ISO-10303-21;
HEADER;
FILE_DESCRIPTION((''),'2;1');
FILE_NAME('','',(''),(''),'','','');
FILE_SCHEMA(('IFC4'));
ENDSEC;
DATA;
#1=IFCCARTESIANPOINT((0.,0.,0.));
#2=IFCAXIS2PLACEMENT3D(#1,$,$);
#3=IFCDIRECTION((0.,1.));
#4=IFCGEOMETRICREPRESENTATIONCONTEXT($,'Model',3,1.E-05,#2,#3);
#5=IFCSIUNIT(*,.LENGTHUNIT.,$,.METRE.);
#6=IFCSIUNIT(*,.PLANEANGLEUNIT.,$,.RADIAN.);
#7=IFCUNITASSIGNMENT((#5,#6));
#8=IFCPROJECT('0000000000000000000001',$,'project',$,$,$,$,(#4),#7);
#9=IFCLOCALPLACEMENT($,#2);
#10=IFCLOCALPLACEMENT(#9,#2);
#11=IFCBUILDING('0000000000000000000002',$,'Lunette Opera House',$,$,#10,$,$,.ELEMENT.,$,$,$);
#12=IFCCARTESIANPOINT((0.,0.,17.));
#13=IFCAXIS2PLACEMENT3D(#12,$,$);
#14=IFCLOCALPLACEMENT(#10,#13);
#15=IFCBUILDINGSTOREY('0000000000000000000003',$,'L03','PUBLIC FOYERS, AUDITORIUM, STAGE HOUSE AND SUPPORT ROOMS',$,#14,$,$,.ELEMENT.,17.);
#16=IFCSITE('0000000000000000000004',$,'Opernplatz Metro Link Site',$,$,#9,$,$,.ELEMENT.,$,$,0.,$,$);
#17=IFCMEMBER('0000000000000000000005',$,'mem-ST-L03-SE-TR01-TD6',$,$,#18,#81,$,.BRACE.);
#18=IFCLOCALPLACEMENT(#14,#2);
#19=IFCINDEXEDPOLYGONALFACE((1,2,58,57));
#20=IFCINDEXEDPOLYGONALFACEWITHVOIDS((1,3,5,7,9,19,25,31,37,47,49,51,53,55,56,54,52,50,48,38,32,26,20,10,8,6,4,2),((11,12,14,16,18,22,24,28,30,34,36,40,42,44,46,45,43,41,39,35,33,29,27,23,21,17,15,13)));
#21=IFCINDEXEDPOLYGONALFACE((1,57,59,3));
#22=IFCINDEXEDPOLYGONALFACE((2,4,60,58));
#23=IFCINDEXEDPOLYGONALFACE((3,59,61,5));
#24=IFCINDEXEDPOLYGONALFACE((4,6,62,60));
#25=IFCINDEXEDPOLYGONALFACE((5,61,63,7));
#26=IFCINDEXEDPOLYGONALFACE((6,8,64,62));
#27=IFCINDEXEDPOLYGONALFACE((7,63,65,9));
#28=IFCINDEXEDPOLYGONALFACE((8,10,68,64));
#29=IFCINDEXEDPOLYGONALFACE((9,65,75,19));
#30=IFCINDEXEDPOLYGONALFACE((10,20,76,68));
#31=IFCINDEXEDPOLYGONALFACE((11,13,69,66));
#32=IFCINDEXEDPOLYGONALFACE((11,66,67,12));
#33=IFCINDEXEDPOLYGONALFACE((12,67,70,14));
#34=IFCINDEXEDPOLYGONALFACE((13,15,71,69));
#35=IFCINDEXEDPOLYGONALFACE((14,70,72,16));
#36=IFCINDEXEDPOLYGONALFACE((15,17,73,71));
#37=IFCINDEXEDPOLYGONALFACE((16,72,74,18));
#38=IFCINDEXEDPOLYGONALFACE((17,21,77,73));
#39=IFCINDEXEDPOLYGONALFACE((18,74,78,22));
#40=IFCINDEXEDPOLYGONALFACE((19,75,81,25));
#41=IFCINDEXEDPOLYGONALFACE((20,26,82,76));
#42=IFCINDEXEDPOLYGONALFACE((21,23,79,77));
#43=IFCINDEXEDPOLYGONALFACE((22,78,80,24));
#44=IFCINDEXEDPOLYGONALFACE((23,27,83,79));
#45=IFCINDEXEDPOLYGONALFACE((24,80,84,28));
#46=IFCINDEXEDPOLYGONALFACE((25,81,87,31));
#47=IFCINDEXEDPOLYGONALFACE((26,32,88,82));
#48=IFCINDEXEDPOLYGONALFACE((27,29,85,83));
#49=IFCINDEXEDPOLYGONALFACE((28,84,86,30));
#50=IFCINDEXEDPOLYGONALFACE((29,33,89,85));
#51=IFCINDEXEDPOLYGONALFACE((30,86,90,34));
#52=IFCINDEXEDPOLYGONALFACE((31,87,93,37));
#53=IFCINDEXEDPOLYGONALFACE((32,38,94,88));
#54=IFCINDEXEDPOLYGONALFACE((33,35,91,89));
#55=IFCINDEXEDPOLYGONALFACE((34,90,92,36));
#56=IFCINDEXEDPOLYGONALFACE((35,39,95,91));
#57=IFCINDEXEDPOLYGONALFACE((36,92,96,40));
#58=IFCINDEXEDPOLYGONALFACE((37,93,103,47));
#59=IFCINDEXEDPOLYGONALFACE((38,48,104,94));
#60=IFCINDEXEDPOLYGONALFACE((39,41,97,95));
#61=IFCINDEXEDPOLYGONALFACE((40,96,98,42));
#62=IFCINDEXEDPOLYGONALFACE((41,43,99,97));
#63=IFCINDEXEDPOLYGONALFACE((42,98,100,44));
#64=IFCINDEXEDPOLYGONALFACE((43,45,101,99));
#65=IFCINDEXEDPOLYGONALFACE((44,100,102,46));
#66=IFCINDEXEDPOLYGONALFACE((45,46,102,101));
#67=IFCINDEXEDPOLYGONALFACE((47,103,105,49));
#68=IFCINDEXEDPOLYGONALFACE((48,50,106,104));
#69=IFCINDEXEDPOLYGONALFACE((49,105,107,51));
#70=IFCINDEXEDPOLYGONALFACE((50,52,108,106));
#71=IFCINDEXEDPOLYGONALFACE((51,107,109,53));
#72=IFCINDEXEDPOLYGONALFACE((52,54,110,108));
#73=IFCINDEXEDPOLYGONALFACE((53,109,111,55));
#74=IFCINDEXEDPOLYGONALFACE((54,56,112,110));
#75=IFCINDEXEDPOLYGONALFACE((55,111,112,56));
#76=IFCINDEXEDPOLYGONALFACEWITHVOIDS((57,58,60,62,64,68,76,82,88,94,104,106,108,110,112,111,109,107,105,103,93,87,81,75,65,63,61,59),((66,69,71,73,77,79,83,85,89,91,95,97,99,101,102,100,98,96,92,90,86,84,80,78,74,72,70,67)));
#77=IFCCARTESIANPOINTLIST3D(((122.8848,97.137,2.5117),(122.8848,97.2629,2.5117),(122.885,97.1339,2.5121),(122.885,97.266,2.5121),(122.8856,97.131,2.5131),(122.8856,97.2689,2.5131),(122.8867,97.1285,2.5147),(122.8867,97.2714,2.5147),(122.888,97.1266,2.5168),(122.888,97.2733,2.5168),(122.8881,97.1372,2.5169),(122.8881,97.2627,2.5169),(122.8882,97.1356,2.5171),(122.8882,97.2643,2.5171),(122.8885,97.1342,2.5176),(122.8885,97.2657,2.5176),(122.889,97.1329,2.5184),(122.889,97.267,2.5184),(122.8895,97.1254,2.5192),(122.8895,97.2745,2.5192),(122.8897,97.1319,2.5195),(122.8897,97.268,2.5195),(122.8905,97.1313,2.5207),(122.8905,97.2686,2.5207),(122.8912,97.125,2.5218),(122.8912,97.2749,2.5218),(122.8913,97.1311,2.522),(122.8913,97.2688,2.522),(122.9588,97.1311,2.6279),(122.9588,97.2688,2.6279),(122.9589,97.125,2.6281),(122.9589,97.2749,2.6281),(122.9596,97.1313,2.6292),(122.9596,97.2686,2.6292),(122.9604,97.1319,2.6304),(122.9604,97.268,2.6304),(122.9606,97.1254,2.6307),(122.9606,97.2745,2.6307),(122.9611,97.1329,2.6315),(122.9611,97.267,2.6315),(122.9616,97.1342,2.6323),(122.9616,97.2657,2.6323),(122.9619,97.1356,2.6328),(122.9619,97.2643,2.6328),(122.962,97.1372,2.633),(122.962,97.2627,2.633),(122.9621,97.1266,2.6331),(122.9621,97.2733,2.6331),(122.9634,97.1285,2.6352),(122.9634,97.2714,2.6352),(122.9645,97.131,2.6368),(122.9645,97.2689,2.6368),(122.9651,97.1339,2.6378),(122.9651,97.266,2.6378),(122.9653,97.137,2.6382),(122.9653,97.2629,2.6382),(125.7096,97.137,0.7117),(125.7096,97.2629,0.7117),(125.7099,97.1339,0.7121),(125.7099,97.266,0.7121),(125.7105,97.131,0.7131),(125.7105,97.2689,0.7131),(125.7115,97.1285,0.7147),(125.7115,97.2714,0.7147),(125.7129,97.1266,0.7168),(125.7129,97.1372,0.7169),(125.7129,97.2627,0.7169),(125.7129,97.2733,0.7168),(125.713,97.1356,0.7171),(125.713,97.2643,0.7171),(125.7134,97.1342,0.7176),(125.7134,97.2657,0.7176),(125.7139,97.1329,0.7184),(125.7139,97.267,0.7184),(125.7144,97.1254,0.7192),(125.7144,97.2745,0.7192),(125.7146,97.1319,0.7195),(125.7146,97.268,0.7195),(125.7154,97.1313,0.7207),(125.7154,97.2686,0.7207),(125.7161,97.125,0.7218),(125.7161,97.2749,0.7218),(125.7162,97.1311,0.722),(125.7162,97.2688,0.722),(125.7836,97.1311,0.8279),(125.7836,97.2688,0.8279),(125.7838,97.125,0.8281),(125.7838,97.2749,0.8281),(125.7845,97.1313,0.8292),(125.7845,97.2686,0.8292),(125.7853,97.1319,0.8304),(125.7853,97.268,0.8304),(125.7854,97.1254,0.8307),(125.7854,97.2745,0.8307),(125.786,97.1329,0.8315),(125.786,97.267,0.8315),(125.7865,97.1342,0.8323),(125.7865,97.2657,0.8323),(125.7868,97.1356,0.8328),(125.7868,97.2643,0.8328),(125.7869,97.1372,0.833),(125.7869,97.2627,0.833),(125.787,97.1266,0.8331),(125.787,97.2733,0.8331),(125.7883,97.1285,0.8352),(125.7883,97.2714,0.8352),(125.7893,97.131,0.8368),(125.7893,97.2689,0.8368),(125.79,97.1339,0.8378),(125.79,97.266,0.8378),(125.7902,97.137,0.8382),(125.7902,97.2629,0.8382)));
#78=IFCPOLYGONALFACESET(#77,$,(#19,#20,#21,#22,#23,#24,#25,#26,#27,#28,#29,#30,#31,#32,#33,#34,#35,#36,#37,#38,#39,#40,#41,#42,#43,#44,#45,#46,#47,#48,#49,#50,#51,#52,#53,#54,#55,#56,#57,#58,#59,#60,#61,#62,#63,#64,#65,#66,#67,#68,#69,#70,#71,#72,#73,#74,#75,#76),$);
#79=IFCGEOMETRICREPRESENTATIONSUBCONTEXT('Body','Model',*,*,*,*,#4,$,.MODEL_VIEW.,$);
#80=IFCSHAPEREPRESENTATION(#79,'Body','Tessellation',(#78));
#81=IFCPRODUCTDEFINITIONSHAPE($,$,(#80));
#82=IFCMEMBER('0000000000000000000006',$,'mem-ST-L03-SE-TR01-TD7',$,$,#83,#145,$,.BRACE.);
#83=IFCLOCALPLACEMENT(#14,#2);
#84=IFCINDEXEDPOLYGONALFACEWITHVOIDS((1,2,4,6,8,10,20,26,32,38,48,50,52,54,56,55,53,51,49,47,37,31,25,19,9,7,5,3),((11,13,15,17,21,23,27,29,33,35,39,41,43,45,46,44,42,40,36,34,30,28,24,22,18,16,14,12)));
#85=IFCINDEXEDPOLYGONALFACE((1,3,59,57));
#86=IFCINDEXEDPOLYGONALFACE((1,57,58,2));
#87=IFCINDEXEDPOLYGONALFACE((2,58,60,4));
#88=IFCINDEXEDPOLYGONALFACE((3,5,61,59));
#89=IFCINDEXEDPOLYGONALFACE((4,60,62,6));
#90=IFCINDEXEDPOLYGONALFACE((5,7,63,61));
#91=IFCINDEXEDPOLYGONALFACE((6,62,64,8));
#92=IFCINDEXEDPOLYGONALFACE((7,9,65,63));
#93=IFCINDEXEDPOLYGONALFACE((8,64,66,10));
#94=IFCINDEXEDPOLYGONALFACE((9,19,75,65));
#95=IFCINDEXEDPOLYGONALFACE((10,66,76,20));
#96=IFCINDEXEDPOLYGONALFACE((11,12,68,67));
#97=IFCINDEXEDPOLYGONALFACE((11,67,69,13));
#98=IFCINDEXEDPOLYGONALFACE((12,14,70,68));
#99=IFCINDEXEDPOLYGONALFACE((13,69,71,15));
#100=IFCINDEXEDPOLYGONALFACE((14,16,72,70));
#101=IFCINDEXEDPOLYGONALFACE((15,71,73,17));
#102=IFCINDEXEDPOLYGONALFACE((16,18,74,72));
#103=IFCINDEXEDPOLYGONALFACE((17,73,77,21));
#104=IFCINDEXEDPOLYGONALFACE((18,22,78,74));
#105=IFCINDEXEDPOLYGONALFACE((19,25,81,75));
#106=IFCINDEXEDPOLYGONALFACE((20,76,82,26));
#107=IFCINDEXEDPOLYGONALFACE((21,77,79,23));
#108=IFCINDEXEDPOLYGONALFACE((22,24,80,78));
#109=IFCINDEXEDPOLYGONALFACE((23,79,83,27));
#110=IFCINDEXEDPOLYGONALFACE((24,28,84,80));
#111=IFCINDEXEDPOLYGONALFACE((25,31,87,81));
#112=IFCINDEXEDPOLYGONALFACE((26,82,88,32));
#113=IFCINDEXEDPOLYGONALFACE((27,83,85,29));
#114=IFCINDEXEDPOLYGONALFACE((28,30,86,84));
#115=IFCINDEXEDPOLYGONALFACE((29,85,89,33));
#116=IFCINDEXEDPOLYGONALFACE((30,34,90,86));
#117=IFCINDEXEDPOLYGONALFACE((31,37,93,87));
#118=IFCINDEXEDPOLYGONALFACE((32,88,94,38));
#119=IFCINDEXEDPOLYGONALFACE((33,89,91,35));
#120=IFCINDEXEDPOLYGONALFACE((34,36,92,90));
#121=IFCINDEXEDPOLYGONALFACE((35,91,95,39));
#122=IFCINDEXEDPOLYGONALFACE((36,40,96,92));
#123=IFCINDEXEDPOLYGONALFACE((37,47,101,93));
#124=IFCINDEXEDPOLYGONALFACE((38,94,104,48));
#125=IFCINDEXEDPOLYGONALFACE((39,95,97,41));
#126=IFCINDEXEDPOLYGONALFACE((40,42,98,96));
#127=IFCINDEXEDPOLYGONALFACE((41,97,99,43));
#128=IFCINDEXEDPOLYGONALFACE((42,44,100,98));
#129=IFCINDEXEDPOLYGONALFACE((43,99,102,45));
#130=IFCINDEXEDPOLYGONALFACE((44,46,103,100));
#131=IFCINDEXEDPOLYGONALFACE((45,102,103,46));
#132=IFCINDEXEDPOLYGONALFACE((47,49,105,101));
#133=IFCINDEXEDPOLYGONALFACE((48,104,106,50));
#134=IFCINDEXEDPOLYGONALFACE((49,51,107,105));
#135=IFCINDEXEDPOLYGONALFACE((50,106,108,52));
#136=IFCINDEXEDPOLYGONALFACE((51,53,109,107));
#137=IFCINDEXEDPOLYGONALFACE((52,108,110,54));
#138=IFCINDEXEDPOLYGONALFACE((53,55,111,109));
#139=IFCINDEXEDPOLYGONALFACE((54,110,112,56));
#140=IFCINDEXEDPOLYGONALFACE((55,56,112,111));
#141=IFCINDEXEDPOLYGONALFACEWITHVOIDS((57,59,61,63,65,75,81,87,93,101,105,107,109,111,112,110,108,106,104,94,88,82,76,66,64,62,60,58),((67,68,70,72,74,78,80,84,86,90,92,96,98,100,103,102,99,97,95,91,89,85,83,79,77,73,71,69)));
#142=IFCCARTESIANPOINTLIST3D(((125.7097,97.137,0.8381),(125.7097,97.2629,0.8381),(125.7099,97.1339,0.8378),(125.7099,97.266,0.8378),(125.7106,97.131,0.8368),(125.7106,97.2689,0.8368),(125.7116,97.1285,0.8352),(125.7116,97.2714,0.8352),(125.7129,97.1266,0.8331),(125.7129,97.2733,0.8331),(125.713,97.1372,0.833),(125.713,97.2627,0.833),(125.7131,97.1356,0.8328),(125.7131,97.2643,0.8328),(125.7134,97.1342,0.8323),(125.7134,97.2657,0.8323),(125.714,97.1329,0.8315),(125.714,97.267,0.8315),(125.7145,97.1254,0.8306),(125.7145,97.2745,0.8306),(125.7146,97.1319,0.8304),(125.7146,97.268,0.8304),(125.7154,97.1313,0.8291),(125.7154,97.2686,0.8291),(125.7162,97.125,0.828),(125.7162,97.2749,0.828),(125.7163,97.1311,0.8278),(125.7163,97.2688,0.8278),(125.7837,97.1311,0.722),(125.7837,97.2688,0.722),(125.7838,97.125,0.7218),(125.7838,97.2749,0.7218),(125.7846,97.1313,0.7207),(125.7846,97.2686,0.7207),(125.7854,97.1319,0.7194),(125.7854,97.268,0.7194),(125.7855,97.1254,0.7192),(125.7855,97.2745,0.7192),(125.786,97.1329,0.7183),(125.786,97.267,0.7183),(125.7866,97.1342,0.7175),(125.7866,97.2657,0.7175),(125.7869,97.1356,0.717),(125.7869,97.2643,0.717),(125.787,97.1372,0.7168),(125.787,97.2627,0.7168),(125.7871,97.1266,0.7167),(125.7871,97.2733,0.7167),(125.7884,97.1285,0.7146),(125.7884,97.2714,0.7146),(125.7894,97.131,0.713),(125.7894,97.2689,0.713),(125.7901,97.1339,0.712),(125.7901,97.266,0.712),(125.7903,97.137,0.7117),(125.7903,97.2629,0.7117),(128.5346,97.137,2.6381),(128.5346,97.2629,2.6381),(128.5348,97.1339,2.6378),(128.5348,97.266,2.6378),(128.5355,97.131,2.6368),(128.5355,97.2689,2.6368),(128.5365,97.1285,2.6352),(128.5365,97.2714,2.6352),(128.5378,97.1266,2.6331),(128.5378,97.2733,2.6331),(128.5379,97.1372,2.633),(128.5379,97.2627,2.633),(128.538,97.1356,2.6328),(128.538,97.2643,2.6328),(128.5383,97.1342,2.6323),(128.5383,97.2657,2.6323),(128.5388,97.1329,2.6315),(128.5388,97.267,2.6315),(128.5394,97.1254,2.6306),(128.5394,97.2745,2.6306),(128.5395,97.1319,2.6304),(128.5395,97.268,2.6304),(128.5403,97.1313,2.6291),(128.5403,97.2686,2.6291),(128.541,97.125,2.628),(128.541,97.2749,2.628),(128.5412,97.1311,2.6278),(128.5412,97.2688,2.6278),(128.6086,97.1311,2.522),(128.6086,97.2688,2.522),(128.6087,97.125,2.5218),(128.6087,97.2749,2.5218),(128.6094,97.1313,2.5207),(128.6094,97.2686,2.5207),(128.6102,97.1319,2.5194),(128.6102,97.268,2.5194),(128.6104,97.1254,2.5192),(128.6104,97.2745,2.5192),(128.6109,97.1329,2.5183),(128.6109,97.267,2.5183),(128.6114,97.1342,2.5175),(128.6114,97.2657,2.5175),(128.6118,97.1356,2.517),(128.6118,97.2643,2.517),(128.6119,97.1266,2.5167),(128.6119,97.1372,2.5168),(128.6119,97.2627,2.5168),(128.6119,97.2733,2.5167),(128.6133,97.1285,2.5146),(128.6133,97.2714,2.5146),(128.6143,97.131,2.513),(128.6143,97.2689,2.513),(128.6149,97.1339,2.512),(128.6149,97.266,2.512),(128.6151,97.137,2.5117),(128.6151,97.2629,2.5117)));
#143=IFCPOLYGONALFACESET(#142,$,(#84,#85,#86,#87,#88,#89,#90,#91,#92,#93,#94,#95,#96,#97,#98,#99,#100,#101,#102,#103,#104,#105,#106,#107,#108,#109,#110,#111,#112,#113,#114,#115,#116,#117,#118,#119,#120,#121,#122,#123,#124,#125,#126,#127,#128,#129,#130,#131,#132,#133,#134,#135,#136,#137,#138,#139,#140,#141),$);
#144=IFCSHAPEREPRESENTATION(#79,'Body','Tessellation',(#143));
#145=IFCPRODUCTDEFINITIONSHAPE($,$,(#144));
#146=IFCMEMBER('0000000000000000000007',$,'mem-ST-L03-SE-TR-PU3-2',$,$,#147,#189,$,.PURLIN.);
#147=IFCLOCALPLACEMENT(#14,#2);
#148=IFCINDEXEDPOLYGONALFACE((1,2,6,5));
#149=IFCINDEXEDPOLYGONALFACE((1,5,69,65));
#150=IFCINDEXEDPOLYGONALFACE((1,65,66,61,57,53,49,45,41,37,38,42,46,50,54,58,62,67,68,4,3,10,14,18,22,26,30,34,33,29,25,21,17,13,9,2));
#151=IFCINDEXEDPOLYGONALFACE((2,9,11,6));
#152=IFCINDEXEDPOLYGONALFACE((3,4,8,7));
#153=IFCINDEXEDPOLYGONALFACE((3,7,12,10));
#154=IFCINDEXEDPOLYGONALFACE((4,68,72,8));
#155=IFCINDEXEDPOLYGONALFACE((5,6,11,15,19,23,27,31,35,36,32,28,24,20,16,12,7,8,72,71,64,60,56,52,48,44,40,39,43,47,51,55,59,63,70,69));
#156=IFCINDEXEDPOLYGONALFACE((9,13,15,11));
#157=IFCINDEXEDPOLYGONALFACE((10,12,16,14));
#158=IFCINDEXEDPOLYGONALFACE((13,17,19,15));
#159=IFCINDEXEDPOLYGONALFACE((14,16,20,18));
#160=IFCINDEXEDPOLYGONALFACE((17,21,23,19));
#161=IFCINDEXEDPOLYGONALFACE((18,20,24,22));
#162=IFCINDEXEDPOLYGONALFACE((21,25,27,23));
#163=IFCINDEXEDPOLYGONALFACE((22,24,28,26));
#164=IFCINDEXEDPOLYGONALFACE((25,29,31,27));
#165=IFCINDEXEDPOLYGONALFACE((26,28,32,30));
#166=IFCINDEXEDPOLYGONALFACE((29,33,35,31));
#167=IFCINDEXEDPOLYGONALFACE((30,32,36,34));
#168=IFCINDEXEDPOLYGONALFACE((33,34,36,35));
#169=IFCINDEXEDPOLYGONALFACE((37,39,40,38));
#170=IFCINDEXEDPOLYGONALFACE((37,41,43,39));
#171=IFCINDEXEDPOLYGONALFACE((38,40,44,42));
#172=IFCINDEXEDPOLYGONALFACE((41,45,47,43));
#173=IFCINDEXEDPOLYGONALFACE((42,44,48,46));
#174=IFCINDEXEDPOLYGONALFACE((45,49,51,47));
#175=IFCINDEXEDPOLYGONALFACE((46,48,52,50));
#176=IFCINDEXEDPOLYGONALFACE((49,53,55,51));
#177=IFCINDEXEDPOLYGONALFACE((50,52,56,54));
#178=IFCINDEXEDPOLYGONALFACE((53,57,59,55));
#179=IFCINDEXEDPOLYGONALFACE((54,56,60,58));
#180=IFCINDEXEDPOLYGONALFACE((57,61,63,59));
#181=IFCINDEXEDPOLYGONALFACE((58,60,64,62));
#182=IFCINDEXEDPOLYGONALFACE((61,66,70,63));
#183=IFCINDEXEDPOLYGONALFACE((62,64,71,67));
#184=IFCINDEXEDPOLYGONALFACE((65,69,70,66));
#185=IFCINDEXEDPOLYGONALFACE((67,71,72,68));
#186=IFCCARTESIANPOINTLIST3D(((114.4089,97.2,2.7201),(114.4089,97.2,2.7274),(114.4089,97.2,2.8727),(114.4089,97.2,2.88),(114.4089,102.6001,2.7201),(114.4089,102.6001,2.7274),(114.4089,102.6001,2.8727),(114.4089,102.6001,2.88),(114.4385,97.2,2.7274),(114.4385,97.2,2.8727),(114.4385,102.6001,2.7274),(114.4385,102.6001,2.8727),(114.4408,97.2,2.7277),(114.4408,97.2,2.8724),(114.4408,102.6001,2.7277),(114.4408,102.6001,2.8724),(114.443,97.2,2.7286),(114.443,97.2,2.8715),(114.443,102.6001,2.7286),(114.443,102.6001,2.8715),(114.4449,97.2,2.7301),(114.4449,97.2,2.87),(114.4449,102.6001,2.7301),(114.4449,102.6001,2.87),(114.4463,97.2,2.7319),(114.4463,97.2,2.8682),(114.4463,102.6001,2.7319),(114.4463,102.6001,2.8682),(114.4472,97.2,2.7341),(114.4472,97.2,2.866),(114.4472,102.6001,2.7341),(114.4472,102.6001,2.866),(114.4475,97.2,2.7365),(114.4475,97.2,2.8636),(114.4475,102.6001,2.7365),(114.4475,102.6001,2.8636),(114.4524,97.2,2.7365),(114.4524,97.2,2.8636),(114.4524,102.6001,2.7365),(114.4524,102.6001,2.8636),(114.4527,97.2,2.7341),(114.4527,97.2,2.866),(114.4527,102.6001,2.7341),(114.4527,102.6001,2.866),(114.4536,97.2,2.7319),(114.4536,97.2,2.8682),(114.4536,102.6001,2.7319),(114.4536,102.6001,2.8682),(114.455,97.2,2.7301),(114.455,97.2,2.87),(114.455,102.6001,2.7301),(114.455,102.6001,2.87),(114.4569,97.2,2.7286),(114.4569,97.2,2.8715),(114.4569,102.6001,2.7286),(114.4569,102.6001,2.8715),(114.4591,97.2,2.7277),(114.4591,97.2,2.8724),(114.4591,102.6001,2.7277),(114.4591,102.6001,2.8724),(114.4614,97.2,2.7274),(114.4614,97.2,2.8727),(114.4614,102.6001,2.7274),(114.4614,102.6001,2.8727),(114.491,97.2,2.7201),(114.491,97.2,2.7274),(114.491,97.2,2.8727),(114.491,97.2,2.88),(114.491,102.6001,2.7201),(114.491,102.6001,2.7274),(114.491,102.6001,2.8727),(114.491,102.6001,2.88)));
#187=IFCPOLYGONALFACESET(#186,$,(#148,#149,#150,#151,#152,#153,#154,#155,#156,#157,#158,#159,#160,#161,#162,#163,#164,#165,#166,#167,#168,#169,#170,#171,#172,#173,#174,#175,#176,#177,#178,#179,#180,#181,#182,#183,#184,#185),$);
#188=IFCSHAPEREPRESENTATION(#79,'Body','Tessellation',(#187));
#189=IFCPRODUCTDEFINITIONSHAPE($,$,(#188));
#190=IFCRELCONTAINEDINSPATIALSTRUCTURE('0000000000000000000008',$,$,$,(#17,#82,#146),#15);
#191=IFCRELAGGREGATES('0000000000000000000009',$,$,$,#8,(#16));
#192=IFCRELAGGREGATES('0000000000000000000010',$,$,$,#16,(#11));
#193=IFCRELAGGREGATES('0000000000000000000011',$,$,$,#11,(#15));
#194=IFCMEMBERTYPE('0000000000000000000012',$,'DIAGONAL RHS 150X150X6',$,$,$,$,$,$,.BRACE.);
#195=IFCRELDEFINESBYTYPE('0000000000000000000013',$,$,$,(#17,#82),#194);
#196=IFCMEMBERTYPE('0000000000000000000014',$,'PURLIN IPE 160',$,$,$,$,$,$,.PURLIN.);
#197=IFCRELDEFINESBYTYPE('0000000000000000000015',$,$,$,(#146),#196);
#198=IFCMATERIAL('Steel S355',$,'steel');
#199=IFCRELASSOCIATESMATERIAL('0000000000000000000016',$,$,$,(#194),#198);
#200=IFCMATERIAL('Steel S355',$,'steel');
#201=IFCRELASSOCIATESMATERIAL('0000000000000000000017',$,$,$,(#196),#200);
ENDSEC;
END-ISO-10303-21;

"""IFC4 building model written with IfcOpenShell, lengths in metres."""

from ifc_helpers import new_model, si_unit, direction, frame, origin, origin_2d, place, context, subcontext, project, spatial, hollow_rectangle, i_section, extrude, material, material_profile, profile_set, type_object, element, save


model = new_model("IFC4")

# Units and contexts
model_context = context("Model", 3, precision=1e-05, world=origin(), true_north=direction((0.0, 1.0)))
body_context = subcontext(model_context, "Body", "Model", "MODEL_VIEW")
ifc_project = project(units=[si_unit("LENGTHUNIT", "METRE"), si_unit("PLANEANGLEUNIT", "RADIAN")], contexts=[model_context])

# Site, building, storey
site_placement = place(None, origin())
site = spatial("IfcSite", under=ifc_project, at=site_placement, Name="Opernplatz Metro Link Site", CompositionType="ELEMENT", RefElevation=0.0)
building_placement = place(site_placement, origin())
building = spatial("IfcBuilding", under=site, at=building_placement, Name="Lunette Opera House", CompositionType="ELEMENT")
storey_placement = place(building_placement, frame((0.0, 0.0, 17.0)))
storey = spatial("IfcBuildingStorey", under=building, at=storey_placement, Name="L03", Description="PUBLIC FOYERS, AUDITORIUM, STAGE HOUSE AND SUPPORT ROOMS", CompositionType="ELEMENT", Elevation=17.0)

# Members
ifc_material_1 = material(Name="Steel S355", Category="steel")
ifc_material_profile_1 = material_profile(ifc_material_1, hollow_rectangle(XDim=0.1499, YDim=0.1499, WallThickness=0.0061, InnerFilletRadius=0.0061, OuterFilletRadius=0.012, at=origin_2d()), Name="RHS 150X150X6")
ifc_profile_set_1 = profile_set([ifc_material_profile_1], Name="Steel S355")
member_type_1 = type_object("IfcMemberType", Name="DIAGONAL RHS 150X150X6", PredefinedType="BRACE", material=ifc_profile_set_1)
for number, where, z_axis, x_axis, name in (
    (1, (122.925, 97.2, 2.575), (0.843343, 0.0, -0.537375), (0.0, 1.0, 0.0), "mem-ST-L03-SE-TR01-TD6"),
    (2, (125.75, 97.2, 0.7749), (0.843343, 0.0, 0.537375), (0.0, 1.0, 0.0), "mem-ST-L03-SE-TR01-TD7"),
):
    element("IfcMember", number, at=place(storey_placement, frame(where, z_axis=z_axis, x_axis=x_axis)), inside=storey, type_object=member_type_1, Name=name, PredefinedType="BRACE", context=body_context, shape_type="SweptSolid", body=[
        extrude(hollow_rectangle(XDim=0.1499, YDim=0.1499, WallThickness=0.0061, InnerFilletRadius=0.0061, OuterFilletRadius=0.012, at=origin_2d()), origin(), (0.0, 0.0, 1.0), 3.3496),
    ])
ifc_material_2 = material(Name="Steel S355", Category="steel")
ifc_material_profile_2 = material_profile(ifc_material_2, i_section(OverallWidth=0.082, OverallDepth=0.1599, WebThickness=0.0049, FlangeThickness=0.0073, FilletRadius=0.009, at=origin_2d()), Name="IPE 160")
ifc_profile_set_2 = profile_set([ifc_material_profile_2], Name="Steel S355")
member_type_2 = type_object("IfcMemberType", Name="PURLIN IPE 160", PredefinedType="PURLIN", material=ifc_profile_set_2)
for number, where, z_axis, x_axis, name in (
    (3, (114.45, 97.2, 2.8), (0.0, 1.0, 0.0), (-1.0, 0.0, 0.0), "mem-ST-L03-SE-TR-PU3-2"),
):
    element("IfcMember", number, at=place(storey_placement, frame(where, z_axis=z_axis, x_axis=x_axis)), inside=storey, type_object=member_type_2, Name=name, PredefinedType="PURLIN", context=body_context, shape_type="SweptSolid", body=[
        extrude(i_section(OverallWidth=0.082, OverallDepth=0.1599, WebThickness=0.0049, FlangeThickness=0.0073, FilletRadius=0.009, at=origin_2d()), origin(), (0.0, 0.0, 1.0), 5.4001),
    ])

save(model, "model.ifc")
